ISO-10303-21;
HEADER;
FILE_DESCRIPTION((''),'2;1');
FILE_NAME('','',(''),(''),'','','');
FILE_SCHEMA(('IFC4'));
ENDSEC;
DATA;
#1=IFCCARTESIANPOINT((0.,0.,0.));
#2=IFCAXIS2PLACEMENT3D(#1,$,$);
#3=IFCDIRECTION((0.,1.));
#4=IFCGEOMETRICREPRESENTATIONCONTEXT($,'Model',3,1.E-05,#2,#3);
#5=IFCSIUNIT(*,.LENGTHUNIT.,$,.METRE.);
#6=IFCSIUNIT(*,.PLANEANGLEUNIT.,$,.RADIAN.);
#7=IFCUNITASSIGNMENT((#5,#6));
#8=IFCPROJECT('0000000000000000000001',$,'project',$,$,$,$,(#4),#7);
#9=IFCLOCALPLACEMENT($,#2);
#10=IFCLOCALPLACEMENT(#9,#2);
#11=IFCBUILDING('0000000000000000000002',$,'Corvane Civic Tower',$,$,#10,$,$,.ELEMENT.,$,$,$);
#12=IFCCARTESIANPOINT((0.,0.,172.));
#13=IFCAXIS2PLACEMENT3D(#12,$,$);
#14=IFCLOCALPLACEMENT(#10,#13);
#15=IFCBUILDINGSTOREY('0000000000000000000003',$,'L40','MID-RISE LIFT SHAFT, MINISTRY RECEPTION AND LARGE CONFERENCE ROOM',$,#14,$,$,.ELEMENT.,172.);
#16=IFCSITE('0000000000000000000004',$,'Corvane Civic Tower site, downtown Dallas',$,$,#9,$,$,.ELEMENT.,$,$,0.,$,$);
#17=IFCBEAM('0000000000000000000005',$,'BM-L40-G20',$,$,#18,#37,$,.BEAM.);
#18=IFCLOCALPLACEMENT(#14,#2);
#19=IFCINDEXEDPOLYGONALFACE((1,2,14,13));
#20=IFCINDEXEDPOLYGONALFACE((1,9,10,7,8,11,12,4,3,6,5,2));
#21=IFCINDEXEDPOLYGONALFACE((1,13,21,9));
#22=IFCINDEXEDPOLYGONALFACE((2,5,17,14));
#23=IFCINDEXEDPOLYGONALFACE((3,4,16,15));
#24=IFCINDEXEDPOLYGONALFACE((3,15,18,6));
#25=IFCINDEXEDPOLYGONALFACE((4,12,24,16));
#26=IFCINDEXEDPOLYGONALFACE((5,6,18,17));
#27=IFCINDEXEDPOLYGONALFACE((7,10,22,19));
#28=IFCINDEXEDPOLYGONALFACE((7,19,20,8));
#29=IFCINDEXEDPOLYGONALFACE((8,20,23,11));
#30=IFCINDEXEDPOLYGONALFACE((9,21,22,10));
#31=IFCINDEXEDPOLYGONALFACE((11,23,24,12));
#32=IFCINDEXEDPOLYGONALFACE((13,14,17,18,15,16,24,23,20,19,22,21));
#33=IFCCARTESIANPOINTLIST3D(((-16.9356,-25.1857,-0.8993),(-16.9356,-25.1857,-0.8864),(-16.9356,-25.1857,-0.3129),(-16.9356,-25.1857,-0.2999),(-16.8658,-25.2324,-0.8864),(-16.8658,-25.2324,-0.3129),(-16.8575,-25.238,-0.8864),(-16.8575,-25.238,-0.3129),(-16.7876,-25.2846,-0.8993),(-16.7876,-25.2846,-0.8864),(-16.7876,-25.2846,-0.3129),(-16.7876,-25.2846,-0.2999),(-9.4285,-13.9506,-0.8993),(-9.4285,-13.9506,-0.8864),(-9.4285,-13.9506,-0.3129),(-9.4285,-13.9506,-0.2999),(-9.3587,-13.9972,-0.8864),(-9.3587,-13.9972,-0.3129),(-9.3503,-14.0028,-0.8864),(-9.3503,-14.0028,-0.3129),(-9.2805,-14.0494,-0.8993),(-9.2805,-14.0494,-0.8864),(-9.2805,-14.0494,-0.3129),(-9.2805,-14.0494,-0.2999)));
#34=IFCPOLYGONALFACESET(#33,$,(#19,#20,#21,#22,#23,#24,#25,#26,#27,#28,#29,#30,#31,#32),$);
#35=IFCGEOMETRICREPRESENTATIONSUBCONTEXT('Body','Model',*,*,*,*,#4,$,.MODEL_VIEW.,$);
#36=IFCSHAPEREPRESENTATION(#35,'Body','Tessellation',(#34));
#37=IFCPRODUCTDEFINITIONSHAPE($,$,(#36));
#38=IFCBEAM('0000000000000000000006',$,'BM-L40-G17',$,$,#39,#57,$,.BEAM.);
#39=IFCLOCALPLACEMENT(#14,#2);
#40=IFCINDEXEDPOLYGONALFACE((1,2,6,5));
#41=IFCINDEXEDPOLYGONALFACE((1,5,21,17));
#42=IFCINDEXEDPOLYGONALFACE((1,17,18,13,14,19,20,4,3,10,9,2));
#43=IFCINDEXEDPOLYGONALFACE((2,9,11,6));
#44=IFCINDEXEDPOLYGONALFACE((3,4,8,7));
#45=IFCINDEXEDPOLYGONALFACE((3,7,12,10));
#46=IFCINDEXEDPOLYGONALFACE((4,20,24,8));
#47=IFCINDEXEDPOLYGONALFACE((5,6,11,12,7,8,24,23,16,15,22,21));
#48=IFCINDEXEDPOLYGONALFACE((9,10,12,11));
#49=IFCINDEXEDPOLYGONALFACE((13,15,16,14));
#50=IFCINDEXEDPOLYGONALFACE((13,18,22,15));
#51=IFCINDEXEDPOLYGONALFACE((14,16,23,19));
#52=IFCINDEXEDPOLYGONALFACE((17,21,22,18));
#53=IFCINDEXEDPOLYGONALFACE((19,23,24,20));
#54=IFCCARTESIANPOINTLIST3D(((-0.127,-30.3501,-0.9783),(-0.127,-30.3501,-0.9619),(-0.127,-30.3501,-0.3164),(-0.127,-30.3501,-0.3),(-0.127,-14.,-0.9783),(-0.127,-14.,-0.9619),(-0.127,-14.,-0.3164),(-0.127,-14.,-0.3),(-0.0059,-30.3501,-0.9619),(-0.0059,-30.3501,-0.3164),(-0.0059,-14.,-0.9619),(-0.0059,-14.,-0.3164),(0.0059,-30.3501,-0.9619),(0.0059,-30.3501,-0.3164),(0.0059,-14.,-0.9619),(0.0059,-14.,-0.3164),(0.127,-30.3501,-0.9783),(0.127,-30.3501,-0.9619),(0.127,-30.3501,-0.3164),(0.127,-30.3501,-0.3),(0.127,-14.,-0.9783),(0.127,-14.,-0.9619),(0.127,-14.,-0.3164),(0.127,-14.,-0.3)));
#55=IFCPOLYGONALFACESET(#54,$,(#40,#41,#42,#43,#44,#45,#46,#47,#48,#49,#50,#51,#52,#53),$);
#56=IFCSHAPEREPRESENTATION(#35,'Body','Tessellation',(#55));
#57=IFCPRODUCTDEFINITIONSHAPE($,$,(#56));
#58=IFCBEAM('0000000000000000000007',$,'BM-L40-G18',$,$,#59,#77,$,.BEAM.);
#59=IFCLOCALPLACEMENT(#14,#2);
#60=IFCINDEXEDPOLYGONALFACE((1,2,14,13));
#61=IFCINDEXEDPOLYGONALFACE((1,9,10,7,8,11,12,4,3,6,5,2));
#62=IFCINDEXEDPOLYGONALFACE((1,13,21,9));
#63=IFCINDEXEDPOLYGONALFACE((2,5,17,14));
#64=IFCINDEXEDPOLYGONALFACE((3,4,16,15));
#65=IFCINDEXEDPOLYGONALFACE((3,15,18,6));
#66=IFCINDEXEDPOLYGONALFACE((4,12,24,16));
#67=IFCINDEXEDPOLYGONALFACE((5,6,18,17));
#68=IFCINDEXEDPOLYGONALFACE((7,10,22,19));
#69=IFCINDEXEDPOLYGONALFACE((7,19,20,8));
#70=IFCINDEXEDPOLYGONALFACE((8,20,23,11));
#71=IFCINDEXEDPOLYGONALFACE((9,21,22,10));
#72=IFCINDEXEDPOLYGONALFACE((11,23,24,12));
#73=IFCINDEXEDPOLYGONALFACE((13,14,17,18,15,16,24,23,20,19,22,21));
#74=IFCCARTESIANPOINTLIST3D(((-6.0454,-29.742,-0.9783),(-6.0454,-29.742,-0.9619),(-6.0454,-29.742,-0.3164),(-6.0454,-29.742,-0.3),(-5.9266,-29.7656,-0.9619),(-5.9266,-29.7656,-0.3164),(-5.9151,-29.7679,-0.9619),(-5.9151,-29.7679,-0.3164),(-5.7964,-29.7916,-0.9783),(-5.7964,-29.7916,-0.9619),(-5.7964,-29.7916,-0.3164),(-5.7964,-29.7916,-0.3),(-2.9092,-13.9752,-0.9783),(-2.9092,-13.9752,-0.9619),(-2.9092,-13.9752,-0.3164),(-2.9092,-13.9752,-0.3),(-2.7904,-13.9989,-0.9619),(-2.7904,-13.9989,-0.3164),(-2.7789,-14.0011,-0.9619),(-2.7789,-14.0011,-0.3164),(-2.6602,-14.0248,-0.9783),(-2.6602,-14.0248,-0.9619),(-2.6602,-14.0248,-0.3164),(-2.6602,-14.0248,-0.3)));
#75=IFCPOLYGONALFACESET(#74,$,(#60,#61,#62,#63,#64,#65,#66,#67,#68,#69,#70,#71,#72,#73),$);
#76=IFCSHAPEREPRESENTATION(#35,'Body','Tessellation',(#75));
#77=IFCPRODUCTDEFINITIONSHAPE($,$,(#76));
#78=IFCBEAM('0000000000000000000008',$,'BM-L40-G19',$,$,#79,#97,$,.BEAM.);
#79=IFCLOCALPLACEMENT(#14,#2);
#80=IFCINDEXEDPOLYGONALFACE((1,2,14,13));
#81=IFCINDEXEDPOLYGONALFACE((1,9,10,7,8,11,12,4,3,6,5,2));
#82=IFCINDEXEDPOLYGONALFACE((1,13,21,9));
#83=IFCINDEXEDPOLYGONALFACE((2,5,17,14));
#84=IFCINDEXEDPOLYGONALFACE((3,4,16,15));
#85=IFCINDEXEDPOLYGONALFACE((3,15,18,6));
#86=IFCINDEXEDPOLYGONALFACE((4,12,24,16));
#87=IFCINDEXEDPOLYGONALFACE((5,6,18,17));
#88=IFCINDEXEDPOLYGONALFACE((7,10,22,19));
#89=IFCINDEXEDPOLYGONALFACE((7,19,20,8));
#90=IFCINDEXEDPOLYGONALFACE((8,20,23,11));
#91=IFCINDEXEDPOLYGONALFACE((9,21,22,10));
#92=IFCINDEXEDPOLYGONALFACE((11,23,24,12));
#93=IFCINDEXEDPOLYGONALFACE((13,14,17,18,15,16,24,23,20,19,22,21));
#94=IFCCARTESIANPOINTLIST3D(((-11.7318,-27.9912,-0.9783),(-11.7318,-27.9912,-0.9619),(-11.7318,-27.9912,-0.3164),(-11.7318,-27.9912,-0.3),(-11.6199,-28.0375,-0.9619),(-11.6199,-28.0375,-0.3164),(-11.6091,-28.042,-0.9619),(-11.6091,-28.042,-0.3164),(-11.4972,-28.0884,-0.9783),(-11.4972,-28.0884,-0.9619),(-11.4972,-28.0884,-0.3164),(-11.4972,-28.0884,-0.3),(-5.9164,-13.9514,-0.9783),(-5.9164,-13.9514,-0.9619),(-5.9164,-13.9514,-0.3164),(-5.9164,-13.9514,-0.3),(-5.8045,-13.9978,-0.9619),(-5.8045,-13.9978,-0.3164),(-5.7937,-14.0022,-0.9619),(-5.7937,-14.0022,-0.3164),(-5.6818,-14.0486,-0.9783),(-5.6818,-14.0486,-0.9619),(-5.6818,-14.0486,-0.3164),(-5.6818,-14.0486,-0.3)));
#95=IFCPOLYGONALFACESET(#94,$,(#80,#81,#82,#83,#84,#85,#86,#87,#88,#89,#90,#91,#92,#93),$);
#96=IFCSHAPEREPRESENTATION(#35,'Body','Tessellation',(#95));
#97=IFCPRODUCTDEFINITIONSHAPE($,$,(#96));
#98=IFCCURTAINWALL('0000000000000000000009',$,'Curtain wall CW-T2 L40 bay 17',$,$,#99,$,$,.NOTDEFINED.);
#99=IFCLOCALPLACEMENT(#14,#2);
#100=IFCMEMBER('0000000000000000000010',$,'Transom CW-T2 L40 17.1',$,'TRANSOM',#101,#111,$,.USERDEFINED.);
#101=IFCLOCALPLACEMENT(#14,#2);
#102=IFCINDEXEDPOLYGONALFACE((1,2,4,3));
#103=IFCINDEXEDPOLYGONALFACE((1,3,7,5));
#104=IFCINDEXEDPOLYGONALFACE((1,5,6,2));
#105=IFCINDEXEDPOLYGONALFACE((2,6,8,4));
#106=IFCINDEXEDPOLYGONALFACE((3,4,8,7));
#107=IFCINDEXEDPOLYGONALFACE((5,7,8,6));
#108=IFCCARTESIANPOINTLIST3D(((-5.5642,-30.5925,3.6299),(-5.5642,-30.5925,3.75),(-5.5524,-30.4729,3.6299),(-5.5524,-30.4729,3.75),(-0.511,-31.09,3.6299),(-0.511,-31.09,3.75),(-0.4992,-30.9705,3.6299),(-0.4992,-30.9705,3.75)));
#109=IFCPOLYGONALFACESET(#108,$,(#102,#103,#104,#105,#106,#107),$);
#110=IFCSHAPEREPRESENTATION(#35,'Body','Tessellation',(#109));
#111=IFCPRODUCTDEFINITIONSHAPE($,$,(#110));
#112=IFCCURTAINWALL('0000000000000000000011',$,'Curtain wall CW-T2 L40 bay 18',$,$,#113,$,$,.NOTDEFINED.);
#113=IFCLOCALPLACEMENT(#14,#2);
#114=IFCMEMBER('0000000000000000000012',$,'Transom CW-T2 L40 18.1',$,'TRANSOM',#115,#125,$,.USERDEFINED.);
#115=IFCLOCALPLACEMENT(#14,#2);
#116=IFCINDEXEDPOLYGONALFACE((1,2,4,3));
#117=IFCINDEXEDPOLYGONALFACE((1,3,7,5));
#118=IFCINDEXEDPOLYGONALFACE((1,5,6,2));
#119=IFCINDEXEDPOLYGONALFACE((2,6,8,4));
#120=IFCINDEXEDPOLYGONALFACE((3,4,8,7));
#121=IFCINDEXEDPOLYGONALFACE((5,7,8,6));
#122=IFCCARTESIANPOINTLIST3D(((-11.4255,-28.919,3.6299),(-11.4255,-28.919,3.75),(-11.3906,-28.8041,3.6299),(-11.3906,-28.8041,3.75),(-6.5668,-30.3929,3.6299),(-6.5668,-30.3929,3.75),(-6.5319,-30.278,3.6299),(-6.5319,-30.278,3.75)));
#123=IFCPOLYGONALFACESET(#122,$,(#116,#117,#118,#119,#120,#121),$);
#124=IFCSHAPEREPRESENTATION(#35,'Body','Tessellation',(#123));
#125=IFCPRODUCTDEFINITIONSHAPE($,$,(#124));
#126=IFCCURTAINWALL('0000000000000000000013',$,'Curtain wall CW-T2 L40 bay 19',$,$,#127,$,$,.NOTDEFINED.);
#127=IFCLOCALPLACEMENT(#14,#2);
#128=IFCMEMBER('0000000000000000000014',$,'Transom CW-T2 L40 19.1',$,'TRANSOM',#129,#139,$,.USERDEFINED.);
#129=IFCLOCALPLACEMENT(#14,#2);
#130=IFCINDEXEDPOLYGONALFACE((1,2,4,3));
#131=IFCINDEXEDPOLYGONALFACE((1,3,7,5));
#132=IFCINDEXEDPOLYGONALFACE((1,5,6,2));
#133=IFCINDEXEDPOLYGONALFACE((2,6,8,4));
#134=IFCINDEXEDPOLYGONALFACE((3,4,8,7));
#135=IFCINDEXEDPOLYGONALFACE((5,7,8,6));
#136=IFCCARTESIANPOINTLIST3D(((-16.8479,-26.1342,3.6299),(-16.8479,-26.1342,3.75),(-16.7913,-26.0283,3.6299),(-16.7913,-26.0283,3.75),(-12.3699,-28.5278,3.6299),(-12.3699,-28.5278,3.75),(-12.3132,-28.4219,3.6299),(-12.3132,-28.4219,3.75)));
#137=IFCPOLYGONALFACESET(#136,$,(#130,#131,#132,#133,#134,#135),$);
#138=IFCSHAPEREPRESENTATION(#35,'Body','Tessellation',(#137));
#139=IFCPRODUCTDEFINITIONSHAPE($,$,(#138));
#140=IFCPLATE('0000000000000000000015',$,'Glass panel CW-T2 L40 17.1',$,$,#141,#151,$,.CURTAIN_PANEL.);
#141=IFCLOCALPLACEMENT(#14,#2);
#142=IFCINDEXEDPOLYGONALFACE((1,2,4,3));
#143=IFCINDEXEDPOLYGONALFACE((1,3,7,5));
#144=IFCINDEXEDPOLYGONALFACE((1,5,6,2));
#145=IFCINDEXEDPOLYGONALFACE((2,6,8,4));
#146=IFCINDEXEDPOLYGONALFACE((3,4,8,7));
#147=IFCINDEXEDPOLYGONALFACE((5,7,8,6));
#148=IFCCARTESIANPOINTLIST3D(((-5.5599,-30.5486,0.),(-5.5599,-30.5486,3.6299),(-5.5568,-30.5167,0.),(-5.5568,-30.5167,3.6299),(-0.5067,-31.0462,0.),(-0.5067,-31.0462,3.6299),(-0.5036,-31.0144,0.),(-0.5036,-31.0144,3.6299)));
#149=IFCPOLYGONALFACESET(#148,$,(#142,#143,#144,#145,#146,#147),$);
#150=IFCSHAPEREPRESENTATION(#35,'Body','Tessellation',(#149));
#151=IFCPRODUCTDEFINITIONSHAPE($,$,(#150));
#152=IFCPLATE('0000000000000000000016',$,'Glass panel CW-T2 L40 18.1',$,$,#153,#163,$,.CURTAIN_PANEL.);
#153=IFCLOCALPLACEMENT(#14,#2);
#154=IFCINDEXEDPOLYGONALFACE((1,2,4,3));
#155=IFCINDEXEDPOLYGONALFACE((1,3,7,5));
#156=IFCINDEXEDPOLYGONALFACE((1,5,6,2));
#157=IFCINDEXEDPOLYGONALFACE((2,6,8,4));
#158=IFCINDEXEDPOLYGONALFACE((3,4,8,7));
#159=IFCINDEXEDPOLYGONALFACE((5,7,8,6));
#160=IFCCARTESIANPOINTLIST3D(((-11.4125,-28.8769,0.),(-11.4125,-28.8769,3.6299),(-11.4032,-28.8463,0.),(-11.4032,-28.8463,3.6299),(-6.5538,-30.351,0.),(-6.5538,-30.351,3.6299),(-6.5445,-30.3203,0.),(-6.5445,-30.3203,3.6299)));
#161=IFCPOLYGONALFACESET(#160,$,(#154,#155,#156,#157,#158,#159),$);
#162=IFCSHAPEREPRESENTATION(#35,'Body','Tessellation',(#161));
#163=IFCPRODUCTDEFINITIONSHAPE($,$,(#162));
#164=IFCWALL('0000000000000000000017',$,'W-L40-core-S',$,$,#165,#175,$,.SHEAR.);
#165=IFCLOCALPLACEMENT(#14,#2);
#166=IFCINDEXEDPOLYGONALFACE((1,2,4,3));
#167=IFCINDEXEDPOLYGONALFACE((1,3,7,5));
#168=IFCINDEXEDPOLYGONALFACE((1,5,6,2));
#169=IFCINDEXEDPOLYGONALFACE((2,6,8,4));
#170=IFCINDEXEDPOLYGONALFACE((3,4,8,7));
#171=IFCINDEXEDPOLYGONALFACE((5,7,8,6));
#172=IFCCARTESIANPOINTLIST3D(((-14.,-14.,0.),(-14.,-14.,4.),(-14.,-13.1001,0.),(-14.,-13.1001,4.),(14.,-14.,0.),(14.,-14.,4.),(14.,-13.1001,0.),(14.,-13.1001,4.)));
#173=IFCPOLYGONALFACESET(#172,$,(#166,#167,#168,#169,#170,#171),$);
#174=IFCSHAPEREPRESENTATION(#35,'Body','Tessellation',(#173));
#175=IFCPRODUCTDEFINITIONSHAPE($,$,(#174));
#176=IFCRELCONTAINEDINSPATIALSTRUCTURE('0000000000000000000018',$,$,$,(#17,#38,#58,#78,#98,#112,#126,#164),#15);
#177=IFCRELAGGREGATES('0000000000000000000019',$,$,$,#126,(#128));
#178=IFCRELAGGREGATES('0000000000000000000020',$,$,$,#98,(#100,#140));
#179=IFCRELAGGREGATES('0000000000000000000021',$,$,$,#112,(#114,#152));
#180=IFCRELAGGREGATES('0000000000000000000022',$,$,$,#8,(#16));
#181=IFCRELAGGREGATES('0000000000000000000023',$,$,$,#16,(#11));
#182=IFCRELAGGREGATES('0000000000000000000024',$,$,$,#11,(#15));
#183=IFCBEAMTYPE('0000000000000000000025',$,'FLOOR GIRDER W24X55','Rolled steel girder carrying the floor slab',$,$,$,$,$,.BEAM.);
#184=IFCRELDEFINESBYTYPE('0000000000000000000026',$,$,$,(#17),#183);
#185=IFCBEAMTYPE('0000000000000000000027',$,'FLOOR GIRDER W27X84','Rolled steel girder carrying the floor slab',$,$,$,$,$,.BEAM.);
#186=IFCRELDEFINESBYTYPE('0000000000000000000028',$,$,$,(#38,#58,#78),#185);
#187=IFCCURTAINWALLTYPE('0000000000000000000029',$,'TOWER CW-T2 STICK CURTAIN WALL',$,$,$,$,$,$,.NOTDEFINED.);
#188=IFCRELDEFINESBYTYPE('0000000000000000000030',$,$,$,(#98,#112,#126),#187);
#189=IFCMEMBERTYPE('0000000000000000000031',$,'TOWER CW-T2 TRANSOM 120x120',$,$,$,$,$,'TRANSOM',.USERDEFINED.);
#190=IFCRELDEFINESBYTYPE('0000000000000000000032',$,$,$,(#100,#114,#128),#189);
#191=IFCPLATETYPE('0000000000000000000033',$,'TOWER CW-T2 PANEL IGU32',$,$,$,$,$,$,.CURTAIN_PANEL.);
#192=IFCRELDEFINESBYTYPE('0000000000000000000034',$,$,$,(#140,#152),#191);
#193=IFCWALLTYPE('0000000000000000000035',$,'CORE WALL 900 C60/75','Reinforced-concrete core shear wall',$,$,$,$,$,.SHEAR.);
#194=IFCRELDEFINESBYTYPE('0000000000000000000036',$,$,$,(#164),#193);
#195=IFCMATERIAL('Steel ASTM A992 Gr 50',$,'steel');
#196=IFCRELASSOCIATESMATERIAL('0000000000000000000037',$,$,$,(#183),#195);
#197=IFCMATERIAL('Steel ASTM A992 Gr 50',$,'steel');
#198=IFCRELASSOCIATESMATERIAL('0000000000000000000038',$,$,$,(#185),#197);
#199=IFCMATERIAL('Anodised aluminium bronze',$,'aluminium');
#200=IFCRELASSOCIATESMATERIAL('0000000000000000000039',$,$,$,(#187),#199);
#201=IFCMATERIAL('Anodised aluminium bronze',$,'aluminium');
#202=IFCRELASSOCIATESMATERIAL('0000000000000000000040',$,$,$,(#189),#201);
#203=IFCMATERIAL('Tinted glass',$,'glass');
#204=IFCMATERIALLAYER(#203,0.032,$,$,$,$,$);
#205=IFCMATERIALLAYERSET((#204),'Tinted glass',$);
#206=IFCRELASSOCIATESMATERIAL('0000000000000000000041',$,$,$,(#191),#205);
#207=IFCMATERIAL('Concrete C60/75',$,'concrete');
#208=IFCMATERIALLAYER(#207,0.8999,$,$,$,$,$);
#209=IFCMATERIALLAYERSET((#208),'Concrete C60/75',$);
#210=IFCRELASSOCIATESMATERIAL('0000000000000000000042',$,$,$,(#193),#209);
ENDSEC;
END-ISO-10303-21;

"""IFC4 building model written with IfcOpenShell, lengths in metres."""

from ifc_helpers import new_model, si_unit, direction, frame, frame_2d, origin, origin_2d, place, context, subcontext, project, spatial, rectangle, i_section, extrude, material, layer, layer_set, material_profile, profile_set, type_object, element, aggregate, save


model = new_model("IFC4")

# Units and contexts
model_context = context("Model", 3, precision=1e-05, world=origin(), true_north=direction((0.0, 1.0)))
body_context = subcontext(model_context, "Body", "Model", "MODEL_VIEW")
ifc_project = project(units=[si_unit("LENGTHUNIT", "METRE"), si_unit("PLANEANGLEUNIT", "RADIAN")], contexts=[model_context])

# Site, building, storey
site_placement = place(None, origin())
site = spatial("IfcSite", under=ifc_project, at=site_placement, Name="Corvane Civic Tower site, downtown Dallas", CompositionType="ELEMENT", RefElevation=0.0)
building_placement = place(site_placement, origin())
building = spatial("IfcBuilding", under=site, at=building_placement, Name="Corvane Civic Tower", CompositionType="ELEMENT")
storey_placement = place(building_placement, frame((0.0, 0.0, 172.0)))
storey = spatial("IfcBuildingStorey", under=building, at=storey_placement, Name="L40", Description="MID-RISE LIFT SHAFT, MINISTRY RECEPTION AND LARGE CONFERENCE ROOM", CompositionType="ELEMENT", Elevation=172.0)

# Beams
ifc_material_1 = material(Name="Steel ASTM A992 Gr 50", Category="steel")
ifc_material_profile_1 = material_profile(ifc_material_1, i_section(OverallWidth=0.178, OverallDepth=0.5994, WebThickness=0.01, FlangeThickness=0.0129, at=origin_2d()), Name="W24X55")
ifc_profile_set_1 = profile_set([ifc_material_profile_1], Name="Steel ASTM A992 Gr 50")
beam_type_1 = type_object("IfcBeamType", Name="FLOOR GIRDER W24X55", Description="Rolled steel girder carrying the floor slab", PredefinedType="BEAM", material=ifc_profile_set_1)
beam_1_placement = place(storey_placement, frame((-9.3545, -14.0, -0.5996), z_axis=(-0.555571, -0.831469, 0.0), x_axis=(0.831469, -0.555571, 0.0)))
element("IfcBeam", 1, at=beam_1_placement, inside=storey, type_object=beam_type_1, Name="BM-L40-G20", PredefinedType="BEAM", context=body_context, shape_type="SweptSolid", body=[
    extrude(i_section(OverallWidth=0.178, OverallDepth=0.5994, WebThickness=0.01, FlangeThickness=0.0129, at=origin_2d()), origin(), (0.0, 0.0, 1.0), 13.5125),
])
ifc_material_2 = material(Name="Steel ASTM A992 Gr 50", Category="steel")
ifc_material_profile_2 = material_profile(ifc_material_2, i_section(OverallWidth=0.2539, OverallDepth=0.6782, WebThickness=0.0117, FlangeThickness=0.0164, at=origin_2d()), Name="W27X84")
ifc_profile_set_2 = profile_set([ifc_material_profile_2], Name="Steel ASTM A992 Gr 50")
beam_type_2 = type_object("IfcBeamType", Name="FLOOR GIRDER W27X84", Description="Rolled steel girder carrying the floor slab", PredefinedType="BEAM", material=ifc_profile_set_2)
beam_2_placement = place(storey_placement, frame((0.0, -14.0, -0.6392), z_axis=(0.0, -1.0, 0.0), x_axis=(1.0, 0.0, 0.0)))
element("IfcBeam", 2, at=beam_2_placement, inside=storey, type_object=beam_type_2, Name="BM-L40-G17", PredefinedType="BEAM", context=body_context, shape_type="SweptSolid", body=[
    extrude(i_section(OverallWidth=0.2539, OverallDepth=0.6782, WebThickness=0.0117, FlangeThickness=0.0164, at=origin_2d()), origin(), (0.0, 0.0, 1.0), 16.3501),
])
beam_3_placement = place(storey_placement, frame((-2.7847, -14.0, -0.6392), z_axis=(-0.195091, -0.980785, 0.0), x_axis=(0.980785, -0.195091, 0.0)))
element("IfcBeam", 3, at=beam_3_placement, inside=storey, type_object=beam_type_2, Name="BM-L40-G18", PredefinedType="BEAM", context=body_context, shape_type="SweptSolid", body=[
    extrude(i_section(OverallWidth=0.2539, OverallDepth=0.6782, WebThickness=0.0117, FlangeThickness=0.0164, at=origin_2d()), origin(), (0.0, 0.0, 1.0), 16.0757),
])
beam_4_placement = place(storey_placement, frame((-5.7991, -14.0, -0.6392), z_axis=(-0.382681, -0.923881, 0.0), x_axis=(0.923881, -0.382681, 0.0)))
element("IfcBeam", 4, at=beam_4_placement, inside=storey, type_object=beam_type_2, Name="BM-L40-G19", PredefinedType="BEAM", context=body_context, shape_type="SweptSolid", body=[
    extrude(i_section(OverallWidth=0.2539, OverallDepth=0.6782, WebThickness=0.0117, FlangeThickness=0.0164, at=origin_2d()), origin(), (0.0, 0.0, 1.0), 15.1965),
])

# Curtain walls, members
ifc_material_3 = material(Name="Anodised aluminium bronze", Category="aluminium")
curtain_wall_type = type_object("IfcCurtainWallType", Name="TOWER CW-T2 STICK CURTAIN WALL", PredefinedType="NOTDEFINED", material=ifc_material_3)
curtain_wall_1_placement = place(storey_placement, origin())
curtain_wall_1 = element("IfcCurtainWall", 5, at=curtain_wall_1_placement, inside=storey, type_object=curtain_wall_type, Name="Curtain wall CW-T2 L40 bay 17", PredefinedType="NOTDEFINED")
ifc_material_4 = material(Name="Anodised aluminium bronze", Category="aluminium")
ifc_material_profile_3 = material_profile(ifc_material_4, rectangle(XDim=0.1201, YDim=0.1201, at=origin_2d()), Name="TOWER CW-T2 TRANSOM 120x120")
ifc_profile_set_3 = profile_set([ifc_material_profile_3], Name="Anodised aluminium bronze")
member_type = type_object("IfcMemberType", Name="TOWER CW-T2 TRANSOM 120x120", ElementType="TRANSOM", PredefinedType="USERDEFINED", material=ifc_profile_set_3)
member_1_placement = place(storey_placement, frame((-0.5051, -31.0303, 3.6899), z_axis=(-0.995187, 0.09799, 0.0), x_axis=(-0.09799, -0.995187, 0.0)))
member_1 = element("IfcMember", 6, at=member_1_placement, type_object=member_type, Name="Transom CW-T2 L40 17.1", ObjectType="TRANSOM", PredefinedType="USERDEFINED", context=body_context, shape_type="SweptSolid", body=[
    extrude(rectangle(XDim=0.1201, YDim=0.1201, at=origin_2d()), origin(), (0.0, 0.0, 1.0), 5.0776),
])
curtain_wall_2_placement = place(storey_placement, origin())
curtain_wall_2 = element("IfcCurtainWall", 7, at=curtain_wall_2_placement, inside=storey, type_object=curtain_wall_type, Name="Curtain wall CW-T2 L40 bay 18", PredefinedType="NOTDEFINED")
member_2_placement = place(storey_placement, frame((-6.5493, -30.3354, 3.6899), z_axis=(-0.956939, 0.290289, 0.0), x_axis=(-0.290289, -0.956939, 0.0)))
member_2 = element("IfcMember", 8, at=member_2_placement, type_object=member_type, Name="Transom CW-T2 L40 18.1", ObjectType="TRANSOM", PredefinedType="USERDEFINED", context=body_context, shape_type="SweptSolid", body=[
    extrude(rectangle(XDim=0.1201, YDim=0.1201, at=origin_2d()), origin(), (0.0, 0.0, 1.0), 5.0774),
])
curtain_wall_3_placement = place(storey_placement, origin())
curtain_wall_3 = element("IfcCurtainWall", 9, at=curtain_wall_3_placement, inside=storey, type_object=curtain_wall_type, Name="Curtain wall CW-T2 L40 bay 19", PredefinedType="NOTDEFINED")
member_3_placement = place(storey_placement, frame((-12.3416, -28.4749, 3.6899), z_axis=(-0.881921, 0.471397, 0.0), x_axis=(-0.471397, -0.881921, 0.0)))
member_3 = element("IfcMember", 10, at=member_3_placement, type_object=member_type, Name="Transom CW-T2 L40 19.1", ObjectType="TRANSOM", PredefinedType="USERDEFINED", context=body_context, shape_type="SweptSolid", body=[
    extrude(rectangle(XDim=0.1201, YDim=0.1201, at=origin_2d()), origin(), (0.0, 0.0, 1.0), 5.0776),
])
aggregate(curtain_wall_3, [member_3])

# Plates
ifc_material_5 = material(Name="Tinted glass", Category="glass")
ifc_layer_1 = layer(ifc_material_5, 0.032)
ifc_layer_set_1 = layer_set([ifc_layer_1], Name="Tinted glass")
plate_type = type_object("IfcPlateType", Name="TOWER CW-T2 PANEL IGU32", PredefinedType="CURTAIN_PANEL", material=ifc_layer_set_1)
plate_1_placement = place(storey_placement, frame((-3.0317, -30.7815, 0.0), z_axis=(0.0, 0.0, 1.0), x_axis=(-0.995185, 0.098012, 0.0)))
plate_1 = element("IfcPlate", 11, at=plate_1_placement, type_object=plate_type, Name="Glass panel CW-T2 L40 17.1", PredefinedType="CURTAIN_PANEL", context=body_context, shape_type="SweptSolid", body=[
    extrude(rectangle(XDim=5.0776, YDim=0.032, at=origin_2d()), origin(), (0.0, 0.0, 1.0), 3.6299),
])
aggregate(curtain_wall_1, [member_1, plate_1])
plate_2_placement = place(storey_placement, frame((-8.9785, -29.5986, 0.0), z_axis=(0.0, 0.0, 1.0), x_axis=(-0.956932, 0.290313, 0.0)))
plate_2 = element("IfcPlate", 12, at=plate_2_placement, type_object=plate_type, Name="Glass panel CW-T2 L40 18.1", PredefinedType="CURTAIN_PANEL", context=body_context, shape_type="SweptSolid", body=[
    extrude(rectangle(XDim=5.0774, YDim=0.032, at=origin_2d()), origin(), (0.0, 0.0, 1.0), 3.6299),
])
aggregate(curtain_wall_2, [member_2, plate_2])

# Wall
ifc_material_6 = material(Name="Concrete C60/75", Category="concrete")
ifc_layer_2 = layer(ifc_material_6, 0.8999)
ifc_layer_set_2 = layer_set([ifc_layer_2], Name="Concrete C60/75")
wall_type_1 = type_object("IfcWallType", Name="CORE WALL 900 C60/75", Description="Reinforced-concrete core shear wall", PredefinedType="SHEAR", material=ifc_layer_set_2)
wall_1_placement = place(storey_placement, frame((-14.0, -13.55, 0.0), z_axis=(0.0, 0.0, 1.0), x_axis=(1.0, 0.0, 0.0)))
element("IfcWall", 13, at=wall_1_placement, inside=storey, type_object=wall_type_1, Name="W-L40-core-S", PredefinedType="SHEAR", context=body_context, shape_type="SweptSolid", body=[
    extrude(rectangle(XDim=28.0, YDim=0.8999, at=frame_2d((14.0, 0.0))), origin(), (0.0, 0.0, 1.0), 4.0),
])

save(model, "model.ifc")
